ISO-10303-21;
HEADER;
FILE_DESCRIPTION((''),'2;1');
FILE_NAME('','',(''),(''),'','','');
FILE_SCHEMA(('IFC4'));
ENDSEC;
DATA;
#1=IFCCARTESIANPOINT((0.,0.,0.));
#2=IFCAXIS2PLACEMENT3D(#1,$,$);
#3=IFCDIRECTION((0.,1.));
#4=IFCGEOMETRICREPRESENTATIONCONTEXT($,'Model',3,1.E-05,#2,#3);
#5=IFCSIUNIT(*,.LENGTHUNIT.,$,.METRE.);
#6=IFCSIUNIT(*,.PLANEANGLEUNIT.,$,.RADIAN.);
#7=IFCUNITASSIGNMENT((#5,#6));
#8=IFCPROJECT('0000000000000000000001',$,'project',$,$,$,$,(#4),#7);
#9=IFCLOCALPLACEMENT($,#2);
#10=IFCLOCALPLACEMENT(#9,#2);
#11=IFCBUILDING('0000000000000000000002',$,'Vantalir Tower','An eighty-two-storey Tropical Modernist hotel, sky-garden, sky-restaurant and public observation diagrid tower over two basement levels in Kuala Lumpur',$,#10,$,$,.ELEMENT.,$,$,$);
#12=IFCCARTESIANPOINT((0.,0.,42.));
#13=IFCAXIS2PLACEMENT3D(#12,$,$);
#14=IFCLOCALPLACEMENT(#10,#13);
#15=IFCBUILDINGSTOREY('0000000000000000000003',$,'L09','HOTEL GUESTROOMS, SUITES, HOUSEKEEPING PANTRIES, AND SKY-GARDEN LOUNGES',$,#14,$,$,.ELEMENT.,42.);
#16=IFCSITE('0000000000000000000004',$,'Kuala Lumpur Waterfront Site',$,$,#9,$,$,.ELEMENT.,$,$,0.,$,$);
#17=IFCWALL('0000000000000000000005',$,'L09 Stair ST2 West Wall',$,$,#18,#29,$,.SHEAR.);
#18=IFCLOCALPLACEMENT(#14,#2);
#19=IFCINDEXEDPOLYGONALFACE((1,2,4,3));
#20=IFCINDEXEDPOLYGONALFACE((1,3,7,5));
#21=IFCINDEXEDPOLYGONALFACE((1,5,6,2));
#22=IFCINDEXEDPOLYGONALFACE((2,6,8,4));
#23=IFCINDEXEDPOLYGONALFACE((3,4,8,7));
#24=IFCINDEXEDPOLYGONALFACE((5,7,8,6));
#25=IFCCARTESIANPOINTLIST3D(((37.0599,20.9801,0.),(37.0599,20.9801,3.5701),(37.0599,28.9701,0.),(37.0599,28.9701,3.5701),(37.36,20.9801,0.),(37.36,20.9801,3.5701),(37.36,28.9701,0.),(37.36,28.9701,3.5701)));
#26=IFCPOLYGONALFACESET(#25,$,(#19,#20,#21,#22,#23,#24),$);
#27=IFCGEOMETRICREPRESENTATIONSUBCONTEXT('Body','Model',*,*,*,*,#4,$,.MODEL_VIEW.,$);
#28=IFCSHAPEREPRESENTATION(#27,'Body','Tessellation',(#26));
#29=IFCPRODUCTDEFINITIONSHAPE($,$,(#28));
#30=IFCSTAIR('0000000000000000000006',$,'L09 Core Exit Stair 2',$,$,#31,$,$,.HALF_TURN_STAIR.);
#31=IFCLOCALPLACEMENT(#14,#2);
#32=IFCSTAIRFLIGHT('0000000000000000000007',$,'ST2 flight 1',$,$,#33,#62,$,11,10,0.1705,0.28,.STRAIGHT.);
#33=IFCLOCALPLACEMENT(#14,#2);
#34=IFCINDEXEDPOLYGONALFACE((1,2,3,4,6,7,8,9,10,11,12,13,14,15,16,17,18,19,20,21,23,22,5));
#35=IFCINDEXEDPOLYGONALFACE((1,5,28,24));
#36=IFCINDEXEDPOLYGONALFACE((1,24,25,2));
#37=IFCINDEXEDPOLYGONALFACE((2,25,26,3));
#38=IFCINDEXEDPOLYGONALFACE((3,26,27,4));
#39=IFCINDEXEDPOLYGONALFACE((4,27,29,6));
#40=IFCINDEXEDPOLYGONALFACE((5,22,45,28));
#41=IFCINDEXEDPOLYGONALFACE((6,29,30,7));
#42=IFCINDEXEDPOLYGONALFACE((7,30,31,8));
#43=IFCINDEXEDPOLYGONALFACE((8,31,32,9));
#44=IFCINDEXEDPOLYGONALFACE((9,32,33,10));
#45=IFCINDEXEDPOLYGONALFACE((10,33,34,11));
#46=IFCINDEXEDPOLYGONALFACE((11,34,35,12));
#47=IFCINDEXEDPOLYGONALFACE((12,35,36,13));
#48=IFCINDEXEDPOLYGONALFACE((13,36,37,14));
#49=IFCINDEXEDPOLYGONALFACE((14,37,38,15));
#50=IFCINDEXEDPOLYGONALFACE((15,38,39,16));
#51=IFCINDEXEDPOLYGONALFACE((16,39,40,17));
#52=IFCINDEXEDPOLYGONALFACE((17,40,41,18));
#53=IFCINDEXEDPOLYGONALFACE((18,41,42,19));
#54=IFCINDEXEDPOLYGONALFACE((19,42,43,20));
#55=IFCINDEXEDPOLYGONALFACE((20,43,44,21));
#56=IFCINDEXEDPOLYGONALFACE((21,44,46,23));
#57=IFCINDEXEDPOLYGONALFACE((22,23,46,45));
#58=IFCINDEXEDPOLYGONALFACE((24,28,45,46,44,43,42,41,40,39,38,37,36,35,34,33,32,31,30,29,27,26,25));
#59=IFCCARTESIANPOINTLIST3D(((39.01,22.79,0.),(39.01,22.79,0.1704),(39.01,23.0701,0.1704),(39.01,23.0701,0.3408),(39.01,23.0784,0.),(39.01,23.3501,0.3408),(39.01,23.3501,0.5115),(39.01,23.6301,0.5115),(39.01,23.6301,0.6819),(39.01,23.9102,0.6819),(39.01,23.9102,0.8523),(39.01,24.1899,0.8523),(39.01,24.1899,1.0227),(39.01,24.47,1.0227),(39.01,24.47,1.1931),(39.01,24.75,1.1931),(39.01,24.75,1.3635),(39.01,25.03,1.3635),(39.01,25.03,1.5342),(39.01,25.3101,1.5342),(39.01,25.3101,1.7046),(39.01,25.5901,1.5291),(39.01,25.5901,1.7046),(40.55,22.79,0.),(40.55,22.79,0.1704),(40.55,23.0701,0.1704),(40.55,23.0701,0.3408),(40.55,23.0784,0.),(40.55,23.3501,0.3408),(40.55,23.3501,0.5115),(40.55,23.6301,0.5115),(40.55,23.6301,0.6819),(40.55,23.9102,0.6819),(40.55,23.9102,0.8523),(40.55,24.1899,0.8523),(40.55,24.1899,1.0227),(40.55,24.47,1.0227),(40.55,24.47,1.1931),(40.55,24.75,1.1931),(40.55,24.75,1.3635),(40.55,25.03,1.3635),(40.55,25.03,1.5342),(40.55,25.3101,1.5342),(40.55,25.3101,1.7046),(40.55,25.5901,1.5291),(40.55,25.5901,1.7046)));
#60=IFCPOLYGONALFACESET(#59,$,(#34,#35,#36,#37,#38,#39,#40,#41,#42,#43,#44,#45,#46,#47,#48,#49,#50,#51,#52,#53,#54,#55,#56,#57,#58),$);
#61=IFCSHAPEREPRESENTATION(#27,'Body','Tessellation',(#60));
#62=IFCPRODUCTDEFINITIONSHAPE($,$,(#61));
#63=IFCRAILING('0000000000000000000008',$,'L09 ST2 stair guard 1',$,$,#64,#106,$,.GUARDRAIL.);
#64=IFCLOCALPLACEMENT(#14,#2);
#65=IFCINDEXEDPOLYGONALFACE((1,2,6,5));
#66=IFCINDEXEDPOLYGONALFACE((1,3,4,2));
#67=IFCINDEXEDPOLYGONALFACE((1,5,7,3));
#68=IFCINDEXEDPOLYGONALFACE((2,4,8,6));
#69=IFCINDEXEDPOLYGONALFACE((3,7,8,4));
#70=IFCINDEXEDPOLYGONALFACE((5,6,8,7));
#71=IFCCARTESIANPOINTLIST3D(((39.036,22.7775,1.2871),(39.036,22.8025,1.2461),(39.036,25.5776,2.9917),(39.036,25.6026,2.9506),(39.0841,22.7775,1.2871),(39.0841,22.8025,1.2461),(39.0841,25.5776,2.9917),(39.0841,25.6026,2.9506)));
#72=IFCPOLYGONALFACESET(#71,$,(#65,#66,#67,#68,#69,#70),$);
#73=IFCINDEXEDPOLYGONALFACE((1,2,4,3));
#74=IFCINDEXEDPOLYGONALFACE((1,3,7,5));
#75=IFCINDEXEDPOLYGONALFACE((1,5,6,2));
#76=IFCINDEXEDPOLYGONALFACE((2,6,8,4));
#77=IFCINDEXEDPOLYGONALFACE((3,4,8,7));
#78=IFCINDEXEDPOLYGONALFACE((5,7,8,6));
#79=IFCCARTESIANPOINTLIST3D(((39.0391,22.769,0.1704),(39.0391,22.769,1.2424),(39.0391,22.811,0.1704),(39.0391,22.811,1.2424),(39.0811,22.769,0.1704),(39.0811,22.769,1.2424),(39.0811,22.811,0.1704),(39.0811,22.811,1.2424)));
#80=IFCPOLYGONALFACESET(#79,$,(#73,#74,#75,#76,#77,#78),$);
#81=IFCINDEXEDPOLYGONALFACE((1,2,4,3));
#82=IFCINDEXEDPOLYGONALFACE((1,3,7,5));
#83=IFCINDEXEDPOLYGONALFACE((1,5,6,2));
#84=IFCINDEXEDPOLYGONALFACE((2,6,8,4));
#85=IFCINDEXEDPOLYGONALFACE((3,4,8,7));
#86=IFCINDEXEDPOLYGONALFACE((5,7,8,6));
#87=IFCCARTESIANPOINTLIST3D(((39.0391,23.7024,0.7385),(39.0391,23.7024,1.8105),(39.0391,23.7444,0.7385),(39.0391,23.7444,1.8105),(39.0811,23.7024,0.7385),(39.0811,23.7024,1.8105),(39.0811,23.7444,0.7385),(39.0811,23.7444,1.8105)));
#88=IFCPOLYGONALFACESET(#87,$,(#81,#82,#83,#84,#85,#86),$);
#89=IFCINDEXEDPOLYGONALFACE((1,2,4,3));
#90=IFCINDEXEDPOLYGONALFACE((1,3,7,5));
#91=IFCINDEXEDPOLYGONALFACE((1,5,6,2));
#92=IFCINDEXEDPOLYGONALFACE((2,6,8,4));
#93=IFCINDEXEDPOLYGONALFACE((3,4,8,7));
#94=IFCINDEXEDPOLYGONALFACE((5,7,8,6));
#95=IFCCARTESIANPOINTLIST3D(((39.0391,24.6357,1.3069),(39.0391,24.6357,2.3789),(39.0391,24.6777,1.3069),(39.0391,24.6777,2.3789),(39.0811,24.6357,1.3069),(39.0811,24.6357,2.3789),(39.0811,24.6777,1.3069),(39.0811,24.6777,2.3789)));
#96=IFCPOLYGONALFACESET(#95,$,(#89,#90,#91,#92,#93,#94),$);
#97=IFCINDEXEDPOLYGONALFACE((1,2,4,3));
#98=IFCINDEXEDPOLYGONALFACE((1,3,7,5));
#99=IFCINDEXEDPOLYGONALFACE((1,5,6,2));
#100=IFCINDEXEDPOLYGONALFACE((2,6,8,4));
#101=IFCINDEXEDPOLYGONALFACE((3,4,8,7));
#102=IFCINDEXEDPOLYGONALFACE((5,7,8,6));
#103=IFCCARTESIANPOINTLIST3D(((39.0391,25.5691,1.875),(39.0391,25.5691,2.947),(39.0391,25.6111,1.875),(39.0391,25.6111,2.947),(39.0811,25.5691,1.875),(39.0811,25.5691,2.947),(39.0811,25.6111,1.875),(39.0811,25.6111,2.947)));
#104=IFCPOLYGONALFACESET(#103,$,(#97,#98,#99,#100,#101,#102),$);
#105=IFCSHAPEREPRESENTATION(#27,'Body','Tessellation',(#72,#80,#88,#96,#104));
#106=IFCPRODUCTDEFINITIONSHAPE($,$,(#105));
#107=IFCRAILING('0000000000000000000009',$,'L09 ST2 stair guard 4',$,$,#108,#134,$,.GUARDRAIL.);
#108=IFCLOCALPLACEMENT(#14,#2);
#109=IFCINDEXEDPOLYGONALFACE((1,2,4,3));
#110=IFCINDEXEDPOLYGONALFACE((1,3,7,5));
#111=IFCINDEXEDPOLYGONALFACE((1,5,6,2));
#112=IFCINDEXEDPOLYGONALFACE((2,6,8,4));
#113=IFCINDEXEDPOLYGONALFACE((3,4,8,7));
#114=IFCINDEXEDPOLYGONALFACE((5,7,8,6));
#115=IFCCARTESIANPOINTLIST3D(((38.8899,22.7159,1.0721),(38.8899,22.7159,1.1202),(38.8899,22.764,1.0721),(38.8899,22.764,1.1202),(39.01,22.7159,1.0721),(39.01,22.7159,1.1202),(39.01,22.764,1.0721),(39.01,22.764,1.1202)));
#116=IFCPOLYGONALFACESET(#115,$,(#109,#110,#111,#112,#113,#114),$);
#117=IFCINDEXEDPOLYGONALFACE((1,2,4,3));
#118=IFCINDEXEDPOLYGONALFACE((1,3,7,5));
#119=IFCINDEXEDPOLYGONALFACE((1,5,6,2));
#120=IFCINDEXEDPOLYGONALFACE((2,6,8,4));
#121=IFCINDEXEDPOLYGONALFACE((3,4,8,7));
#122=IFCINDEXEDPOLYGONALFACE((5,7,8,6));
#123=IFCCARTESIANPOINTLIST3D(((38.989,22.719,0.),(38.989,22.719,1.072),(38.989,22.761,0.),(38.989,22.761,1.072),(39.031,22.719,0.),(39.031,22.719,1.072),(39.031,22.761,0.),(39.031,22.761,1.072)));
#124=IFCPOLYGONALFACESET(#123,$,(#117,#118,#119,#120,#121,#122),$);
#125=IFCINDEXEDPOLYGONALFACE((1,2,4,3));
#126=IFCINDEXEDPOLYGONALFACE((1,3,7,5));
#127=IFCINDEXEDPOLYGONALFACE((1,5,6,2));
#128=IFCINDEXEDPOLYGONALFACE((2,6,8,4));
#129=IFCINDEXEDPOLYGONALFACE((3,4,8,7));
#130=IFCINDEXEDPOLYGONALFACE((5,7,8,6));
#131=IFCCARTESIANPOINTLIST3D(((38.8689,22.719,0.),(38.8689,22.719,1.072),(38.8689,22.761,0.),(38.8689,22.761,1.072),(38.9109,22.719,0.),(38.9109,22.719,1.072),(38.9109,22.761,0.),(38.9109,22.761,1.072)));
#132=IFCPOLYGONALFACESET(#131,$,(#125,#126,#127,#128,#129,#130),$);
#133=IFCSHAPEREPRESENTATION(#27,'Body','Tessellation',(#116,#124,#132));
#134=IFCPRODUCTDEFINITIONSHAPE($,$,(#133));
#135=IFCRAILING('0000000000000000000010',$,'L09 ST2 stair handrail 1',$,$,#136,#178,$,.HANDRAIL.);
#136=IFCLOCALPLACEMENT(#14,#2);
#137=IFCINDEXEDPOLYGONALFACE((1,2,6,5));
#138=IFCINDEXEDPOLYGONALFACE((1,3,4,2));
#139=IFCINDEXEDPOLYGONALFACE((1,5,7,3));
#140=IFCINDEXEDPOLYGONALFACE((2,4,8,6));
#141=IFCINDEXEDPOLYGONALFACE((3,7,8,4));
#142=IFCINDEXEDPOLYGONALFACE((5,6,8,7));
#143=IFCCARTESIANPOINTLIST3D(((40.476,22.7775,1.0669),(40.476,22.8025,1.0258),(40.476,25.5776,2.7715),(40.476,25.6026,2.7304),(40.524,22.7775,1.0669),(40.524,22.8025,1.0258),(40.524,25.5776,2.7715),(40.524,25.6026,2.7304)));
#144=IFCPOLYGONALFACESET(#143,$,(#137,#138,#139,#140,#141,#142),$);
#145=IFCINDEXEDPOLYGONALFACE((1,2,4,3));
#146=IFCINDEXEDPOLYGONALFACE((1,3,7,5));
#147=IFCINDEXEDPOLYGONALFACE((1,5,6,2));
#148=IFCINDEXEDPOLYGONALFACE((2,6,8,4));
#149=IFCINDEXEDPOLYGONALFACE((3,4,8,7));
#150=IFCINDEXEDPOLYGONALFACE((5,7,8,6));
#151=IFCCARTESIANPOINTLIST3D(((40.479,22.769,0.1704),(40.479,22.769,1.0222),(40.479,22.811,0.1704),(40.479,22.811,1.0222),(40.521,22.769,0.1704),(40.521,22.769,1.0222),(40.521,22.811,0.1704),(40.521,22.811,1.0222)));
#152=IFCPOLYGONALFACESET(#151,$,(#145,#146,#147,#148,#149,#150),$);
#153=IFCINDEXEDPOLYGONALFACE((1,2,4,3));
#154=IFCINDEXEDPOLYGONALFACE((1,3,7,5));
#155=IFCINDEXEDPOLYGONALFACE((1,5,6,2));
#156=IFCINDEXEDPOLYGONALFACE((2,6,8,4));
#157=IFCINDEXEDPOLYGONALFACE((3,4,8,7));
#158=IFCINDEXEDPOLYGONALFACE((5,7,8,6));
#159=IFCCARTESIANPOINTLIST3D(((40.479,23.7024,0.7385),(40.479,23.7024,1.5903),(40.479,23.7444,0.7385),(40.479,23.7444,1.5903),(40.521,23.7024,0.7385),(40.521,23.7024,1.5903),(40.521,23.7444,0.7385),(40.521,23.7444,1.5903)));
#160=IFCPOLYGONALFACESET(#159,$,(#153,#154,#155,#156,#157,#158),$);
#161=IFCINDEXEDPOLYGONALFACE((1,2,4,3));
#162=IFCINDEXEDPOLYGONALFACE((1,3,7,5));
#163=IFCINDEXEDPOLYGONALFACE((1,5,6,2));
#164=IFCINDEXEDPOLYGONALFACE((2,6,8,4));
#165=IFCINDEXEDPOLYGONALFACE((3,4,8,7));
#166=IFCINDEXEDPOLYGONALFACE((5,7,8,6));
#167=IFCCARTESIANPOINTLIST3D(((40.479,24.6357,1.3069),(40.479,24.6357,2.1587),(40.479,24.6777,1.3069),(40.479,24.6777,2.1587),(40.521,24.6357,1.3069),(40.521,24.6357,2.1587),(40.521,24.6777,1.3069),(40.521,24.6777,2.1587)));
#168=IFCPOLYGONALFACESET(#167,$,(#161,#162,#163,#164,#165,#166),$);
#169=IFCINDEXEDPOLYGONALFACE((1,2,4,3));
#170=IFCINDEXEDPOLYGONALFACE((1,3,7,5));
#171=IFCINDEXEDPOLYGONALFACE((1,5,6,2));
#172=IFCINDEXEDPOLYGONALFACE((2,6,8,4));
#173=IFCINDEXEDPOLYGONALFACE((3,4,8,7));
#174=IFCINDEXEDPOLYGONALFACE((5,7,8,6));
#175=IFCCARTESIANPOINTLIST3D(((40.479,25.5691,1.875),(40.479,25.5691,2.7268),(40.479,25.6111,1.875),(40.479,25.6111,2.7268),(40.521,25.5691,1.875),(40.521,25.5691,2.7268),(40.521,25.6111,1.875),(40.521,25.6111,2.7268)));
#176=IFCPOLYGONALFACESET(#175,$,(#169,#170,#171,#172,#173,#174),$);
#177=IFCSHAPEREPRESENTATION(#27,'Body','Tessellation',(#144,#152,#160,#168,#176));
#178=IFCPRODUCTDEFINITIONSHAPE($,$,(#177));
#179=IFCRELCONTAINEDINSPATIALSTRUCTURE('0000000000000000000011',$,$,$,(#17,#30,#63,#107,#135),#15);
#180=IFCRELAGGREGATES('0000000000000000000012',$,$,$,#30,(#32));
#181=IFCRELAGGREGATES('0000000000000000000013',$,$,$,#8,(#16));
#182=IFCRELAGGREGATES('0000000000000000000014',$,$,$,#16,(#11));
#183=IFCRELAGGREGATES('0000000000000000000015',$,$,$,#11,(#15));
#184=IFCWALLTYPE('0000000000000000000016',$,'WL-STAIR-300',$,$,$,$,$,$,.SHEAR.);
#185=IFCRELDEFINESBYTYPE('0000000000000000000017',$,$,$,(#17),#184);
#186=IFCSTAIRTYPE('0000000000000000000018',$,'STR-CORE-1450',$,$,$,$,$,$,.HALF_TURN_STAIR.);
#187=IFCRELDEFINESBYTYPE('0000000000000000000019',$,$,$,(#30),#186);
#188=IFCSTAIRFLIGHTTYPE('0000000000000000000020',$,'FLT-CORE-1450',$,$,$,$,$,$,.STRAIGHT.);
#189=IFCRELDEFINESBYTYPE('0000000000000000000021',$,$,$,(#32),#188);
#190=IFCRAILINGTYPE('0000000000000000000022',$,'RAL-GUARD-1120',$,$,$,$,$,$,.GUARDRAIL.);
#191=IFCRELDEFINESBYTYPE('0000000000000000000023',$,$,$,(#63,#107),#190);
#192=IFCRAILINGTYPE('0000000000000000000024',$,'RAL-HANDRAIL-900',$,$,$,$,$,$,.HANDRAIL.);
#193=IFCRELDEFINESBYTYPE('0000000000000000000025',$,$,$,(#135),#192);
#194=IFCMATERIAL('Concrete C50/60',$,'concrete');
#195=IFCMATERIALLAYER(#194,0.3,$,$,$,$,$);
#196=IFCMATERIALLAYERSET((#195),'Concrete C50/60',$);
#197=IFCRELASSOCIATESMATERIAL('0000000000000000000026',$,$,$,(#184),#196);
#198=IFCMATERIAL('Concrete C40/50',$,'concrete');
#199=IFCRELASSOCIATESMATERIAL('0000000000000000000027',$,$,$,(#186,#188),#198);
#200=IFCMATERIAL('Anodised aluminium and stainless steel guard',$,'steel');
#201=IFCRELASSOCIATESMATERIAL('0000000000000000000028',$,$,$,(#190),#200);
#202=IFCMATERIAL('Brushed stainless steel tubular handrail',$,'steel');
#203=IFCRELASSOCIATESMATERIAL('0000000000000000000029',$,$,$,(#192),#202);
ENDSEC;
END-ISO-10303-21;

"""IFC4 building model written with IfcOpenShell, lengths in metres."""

from ifc_helpers import new_model, si_unit, direction, frame, frame_2d, origin, origin_2d, place, context, subcontext, project, spatial, polyline, rectangle, outline, extrude, material, layer, layer_set, type_object, element, aggregate, save


model = new_model("IFC4")

# Units and contexts
model_context = context("Model", 3, precision=1e-05, world=origin(), true_north=direction((0.0, 1.0)))
body_context = subcontext(model_context, "Body", "Model", "MODEL_VIEW")
ifc_project = project(units=[si_unit("LENGTHUNIT", "METRE"), si_unit("PLANEANGLEUNIT", "RADIAN")], contexts=[model_context])

# Site, building, storey
site_placement = place(None, origin())
site = spatial("IfcSite", under=ifc_project, at=site_placement, Name="Kuala Lumpur Waterfront Site", CompositionType="ELEMENT", RefElevation=0.0)
building_placement = place(site_placement, origin())
building = spatial("IfcBuilding", under=site, at=building_placement, Name="Vantalir Tower", Description="An eighty-two-storey Tropical Modernist hotel, sky-garden, sky-restaurant and public observation diagrid tower over two basement levels in Kuala Lumpur", CompositionType="ELEMENT")
storey_placement = place(building_placement, frame((0.0, 0.0, 42.0)))
storey = spatial("IfcBuildingStorey", under=building, at=storey_placement, Name="L09", Description="HOTEL GUESTROOMS, SUITES, HOUSEKEEPING PANTRIES, AND SKY-GARDEN LOUNGES", CompositionType="ELEMENT", Elevation=42.0)

# Wall
ifc_material_1 = material(Name="Concrete C50/60", Category="concrete")
ifc_layer_1 = layer(ifc_material_1, 0.3)
ifc_layer_set_1 = layer_set([ifc_layer_1], Name="Concrete C50/60")
wall_type_1 = type_object("IfcWallType", Name="WL-STAIR-300", PredefinedType="SHEAR", material=ifc_layer_set_1)
wall_1_placement = place(storey_placement, frame((37.21, 20.98, 0.0), z_axis=(0.0, 0.0, 1.0), x_axis=(0.0, 1.0, 0.0)))
element("IfcWall", 1, at=wall_1_placement, inside=storey, type_object=wall_type_1, Name="L09 Stair ST2 West Wall", PredefinedType="SHEAR", context=body_context, shape_type="SweptSolid", body=[
    extrude(rectangle(XDim=7.99, YDim=0.3, at=frame_2d((3.9951, 0.0))), origin(), (0.0, 0.0, 1.0), 3.5701),
])

# Stair, stair flight
ifc_material_2 = material(Name="Concrete C40/50", Category="concrete")
stair_type = type_object("IfcStairType", Name="STR-CORE-1450", PredefinedType="HALF_TURN_STAIR", material=ifc_material_2)
stair_placement = place(storey_placement, origin())
stair = element("IfcStair", 2, at=stair_placement, inside=storey, type_object=stair_type, Name="L09 Core Exit Stair 2", PredefinedType="HALF_TURN_STAIR")
stair_flight_type = type_object("IfcStairFlightType", Name="FLT-CORE-1450", PredefinedType="STRAIGHT", material=ifc_material_2)
stair_flight_placement = place(storey_placement, frame((39.78, 22.79, 0.0), z_axis=(0.0, 0.0, 1.0), x_axis=(0.0, 1.0, 0.0)))
stair_flight = element("IfcStairFlight", 3, at=stair_flight_placement, type_object=stair_flight_type, Name="ST2 flight 1", NumberOfRisers=11, NumberOfTreads=10, PredefinedType="STRAIGHT", RiserHeight=0.1705, TreadLength=0.28, context=body_context, shape_type="SweptSolid", body=[
    extrude(outline(polyline([(0.0, 0.0), (0.0, 0.1704), (0.28, 0.1704), (0.28, 0.3408), (0.5601, 0.3408), (0.5601, 0.5115), (0.8401, 0.5115), (0.8401, 0.6819), (1.1201, 0.6819), (1.1201, 0.8523), (1.3999, 0.8523), (1.3999, 1.0227), (1.6799, 1.0227), (1.6799, 1.1931), (1.96, 1.1931), (1.96, 1.3635), (2.24, 1.3635), (2.24, 1.5342), (2.52, 1.5342), (2.52, 1.7046), (2.8, 1.7046), (2.8, 1.875), (2.8, 1.5291), (0.2883, 0.0), (0.0, 0.0)])), frame((0.0, 0.77, 0.0), z_axis=(0.0, -1.0, 0.0), x_axis=(1.0, 0.0, 0.0)), (0.0, 0.0, 1.0), 1.54),
])
aggregate(stair, [stair_flight])

# Railings
ifc_material_3 = material(Name="Anodised aluminium and stainless steel guard", Category="steel")
railing_type_1 = type_object("IfcRailingType", Name="RAL-GUARD-1120", PredefinedType="GUARDRAIL", material=ifc_material_3)
railing_1_placement = place(storey_placement, frame((39.0601, 22.79, 0.1704)))
element("IfcRailing", 4, at=railing_1_placement, inside=storey, type_object=railing_type_1, Name="L09 ST2 stair guard 1", PredefinedType="GUARDRAIL", context=body_context, shape_type="SweptSolid", body=[
    extrude(rectangle(XDim=0.0481, YDim=0.0481, at=origin_2d()), frame((0.0, 0.0, 1.0962), z_axis=(0.0, 0.85417, 0.519994), x_axis=(-1.0, 0.0, 0.0)), (0.0, 0.0, 1.0), 3.2781),
    extrude(rectangle(XDim=0.042, YDim=0.042, at=origin_2d()), origin(), (0.0, 0.0, 1.0), 1.072),
    extrude(rectangle(XDim=0.042, YDim=0.042, at=origin_2d()), frame((0.0, 0.9333, 0.5681)), (0.0, 0.0, 1.0), 1.072),
    extrude(rectangle(XDim=0.042, YDim=0.042, at=origin_2d()), frame((0.0, 1.8667, 1.1365)), (0.0, 0.0, 1.0), 1.072),
    extrude(rectangle(XDim=0.042, YDim=0.042, at=origin_2d()), frame((0.0, 2.8, 1.7046)), (0.0, 0.0, 1.0), 1.072),
])
railing_2_placement = place(storey_placement, frame((39.01, 22.74, 0.0)))
element("IfcRailing", 5, at=railing_2_placement, inside=storey, type_object=railing_type_1, Name="L09 ST2 stair guard 4", PredefinedType="GUARDRAIL", context=body_context, shape_type="SweptSolid", body=[
    extrude(rectangle(XDim=0.0481, YDim=0.0481, at=origin_2d()), frame((0.0, 0.0, 1.0962), z_axis=(-1.0, 0.0, 0.0), x_axis=(0.0, -1.0, 0.0)), (0.0, 0.0, 1.0), 0.1201),
    extrude(rectangle(XDim=0.042, YDim=0.042, at=origin_2d()), origin(), (0.0, 0.0, 1.0), 1.072),
    extrude(rectangle(XDim=0.042, YDim=0.042, at=origin_2d()), frame((-0.1201, 0.0, 0.0)), (0.0, 0.0, 1.0), 1.072),
])
ifc_material_4 = material(Name="Brushed stainless steel tubular handrail", Category="steel")
railing_type_2 = type_object("IfcRailingType", Name="RAL-HANDRAIL-900", PredefinedType="HANDRAIL", material=ifc_material_4)
railing_3_placement = place(storey_placement, frame((40.5, 22.79, 0.1704)))
element("IfcRailing", 6, at=railing_3_placement, inside=storey, type_object=railing_type_2, Name="L09 ST2 stair handrail 1", PredefinedType="HANDRAIL", context=body_context, shape_type="SweptSolid", body=[
    extrude(rectangle(XDim=0.0481, YDim=0.0481, at=origin_2d()), frame((0.0, 0.0, 0.876), z_axis=(0.0, 0.85417, 0.519994), x_axis=(-1.0, 0.0, 0.0)), (0.0, 0.0, 1.0), 3.2781),
    extrude(rectangle(XDim=0.042, YDim=0.042, at=origin_2d()), origin(), (0.0, 0.0, 1.0), 0.8518),
    extrude(rectangle(XDim=0.042, YDim=0.042, at=origin_2d()), frame((0.0, 0.9333, 0.5681)), (0.0, 0.0, 1.0), 0.8518),
    extrude(rectangle(XDim=0.042, YDim=0.042, at=origin_2d()), frame((0.0, 1.8667, 1.1365)), (0.0, 0.0, 1.0), 0.8518),
    extrude(rectangle(XDim=0.042, YDim=0.042, at=origin_2d()), frame((0.0, 2.8, 1.7046)), (0.0, 0.0, 1.0), 0.8518),
])

save(model, "model.ifc")
